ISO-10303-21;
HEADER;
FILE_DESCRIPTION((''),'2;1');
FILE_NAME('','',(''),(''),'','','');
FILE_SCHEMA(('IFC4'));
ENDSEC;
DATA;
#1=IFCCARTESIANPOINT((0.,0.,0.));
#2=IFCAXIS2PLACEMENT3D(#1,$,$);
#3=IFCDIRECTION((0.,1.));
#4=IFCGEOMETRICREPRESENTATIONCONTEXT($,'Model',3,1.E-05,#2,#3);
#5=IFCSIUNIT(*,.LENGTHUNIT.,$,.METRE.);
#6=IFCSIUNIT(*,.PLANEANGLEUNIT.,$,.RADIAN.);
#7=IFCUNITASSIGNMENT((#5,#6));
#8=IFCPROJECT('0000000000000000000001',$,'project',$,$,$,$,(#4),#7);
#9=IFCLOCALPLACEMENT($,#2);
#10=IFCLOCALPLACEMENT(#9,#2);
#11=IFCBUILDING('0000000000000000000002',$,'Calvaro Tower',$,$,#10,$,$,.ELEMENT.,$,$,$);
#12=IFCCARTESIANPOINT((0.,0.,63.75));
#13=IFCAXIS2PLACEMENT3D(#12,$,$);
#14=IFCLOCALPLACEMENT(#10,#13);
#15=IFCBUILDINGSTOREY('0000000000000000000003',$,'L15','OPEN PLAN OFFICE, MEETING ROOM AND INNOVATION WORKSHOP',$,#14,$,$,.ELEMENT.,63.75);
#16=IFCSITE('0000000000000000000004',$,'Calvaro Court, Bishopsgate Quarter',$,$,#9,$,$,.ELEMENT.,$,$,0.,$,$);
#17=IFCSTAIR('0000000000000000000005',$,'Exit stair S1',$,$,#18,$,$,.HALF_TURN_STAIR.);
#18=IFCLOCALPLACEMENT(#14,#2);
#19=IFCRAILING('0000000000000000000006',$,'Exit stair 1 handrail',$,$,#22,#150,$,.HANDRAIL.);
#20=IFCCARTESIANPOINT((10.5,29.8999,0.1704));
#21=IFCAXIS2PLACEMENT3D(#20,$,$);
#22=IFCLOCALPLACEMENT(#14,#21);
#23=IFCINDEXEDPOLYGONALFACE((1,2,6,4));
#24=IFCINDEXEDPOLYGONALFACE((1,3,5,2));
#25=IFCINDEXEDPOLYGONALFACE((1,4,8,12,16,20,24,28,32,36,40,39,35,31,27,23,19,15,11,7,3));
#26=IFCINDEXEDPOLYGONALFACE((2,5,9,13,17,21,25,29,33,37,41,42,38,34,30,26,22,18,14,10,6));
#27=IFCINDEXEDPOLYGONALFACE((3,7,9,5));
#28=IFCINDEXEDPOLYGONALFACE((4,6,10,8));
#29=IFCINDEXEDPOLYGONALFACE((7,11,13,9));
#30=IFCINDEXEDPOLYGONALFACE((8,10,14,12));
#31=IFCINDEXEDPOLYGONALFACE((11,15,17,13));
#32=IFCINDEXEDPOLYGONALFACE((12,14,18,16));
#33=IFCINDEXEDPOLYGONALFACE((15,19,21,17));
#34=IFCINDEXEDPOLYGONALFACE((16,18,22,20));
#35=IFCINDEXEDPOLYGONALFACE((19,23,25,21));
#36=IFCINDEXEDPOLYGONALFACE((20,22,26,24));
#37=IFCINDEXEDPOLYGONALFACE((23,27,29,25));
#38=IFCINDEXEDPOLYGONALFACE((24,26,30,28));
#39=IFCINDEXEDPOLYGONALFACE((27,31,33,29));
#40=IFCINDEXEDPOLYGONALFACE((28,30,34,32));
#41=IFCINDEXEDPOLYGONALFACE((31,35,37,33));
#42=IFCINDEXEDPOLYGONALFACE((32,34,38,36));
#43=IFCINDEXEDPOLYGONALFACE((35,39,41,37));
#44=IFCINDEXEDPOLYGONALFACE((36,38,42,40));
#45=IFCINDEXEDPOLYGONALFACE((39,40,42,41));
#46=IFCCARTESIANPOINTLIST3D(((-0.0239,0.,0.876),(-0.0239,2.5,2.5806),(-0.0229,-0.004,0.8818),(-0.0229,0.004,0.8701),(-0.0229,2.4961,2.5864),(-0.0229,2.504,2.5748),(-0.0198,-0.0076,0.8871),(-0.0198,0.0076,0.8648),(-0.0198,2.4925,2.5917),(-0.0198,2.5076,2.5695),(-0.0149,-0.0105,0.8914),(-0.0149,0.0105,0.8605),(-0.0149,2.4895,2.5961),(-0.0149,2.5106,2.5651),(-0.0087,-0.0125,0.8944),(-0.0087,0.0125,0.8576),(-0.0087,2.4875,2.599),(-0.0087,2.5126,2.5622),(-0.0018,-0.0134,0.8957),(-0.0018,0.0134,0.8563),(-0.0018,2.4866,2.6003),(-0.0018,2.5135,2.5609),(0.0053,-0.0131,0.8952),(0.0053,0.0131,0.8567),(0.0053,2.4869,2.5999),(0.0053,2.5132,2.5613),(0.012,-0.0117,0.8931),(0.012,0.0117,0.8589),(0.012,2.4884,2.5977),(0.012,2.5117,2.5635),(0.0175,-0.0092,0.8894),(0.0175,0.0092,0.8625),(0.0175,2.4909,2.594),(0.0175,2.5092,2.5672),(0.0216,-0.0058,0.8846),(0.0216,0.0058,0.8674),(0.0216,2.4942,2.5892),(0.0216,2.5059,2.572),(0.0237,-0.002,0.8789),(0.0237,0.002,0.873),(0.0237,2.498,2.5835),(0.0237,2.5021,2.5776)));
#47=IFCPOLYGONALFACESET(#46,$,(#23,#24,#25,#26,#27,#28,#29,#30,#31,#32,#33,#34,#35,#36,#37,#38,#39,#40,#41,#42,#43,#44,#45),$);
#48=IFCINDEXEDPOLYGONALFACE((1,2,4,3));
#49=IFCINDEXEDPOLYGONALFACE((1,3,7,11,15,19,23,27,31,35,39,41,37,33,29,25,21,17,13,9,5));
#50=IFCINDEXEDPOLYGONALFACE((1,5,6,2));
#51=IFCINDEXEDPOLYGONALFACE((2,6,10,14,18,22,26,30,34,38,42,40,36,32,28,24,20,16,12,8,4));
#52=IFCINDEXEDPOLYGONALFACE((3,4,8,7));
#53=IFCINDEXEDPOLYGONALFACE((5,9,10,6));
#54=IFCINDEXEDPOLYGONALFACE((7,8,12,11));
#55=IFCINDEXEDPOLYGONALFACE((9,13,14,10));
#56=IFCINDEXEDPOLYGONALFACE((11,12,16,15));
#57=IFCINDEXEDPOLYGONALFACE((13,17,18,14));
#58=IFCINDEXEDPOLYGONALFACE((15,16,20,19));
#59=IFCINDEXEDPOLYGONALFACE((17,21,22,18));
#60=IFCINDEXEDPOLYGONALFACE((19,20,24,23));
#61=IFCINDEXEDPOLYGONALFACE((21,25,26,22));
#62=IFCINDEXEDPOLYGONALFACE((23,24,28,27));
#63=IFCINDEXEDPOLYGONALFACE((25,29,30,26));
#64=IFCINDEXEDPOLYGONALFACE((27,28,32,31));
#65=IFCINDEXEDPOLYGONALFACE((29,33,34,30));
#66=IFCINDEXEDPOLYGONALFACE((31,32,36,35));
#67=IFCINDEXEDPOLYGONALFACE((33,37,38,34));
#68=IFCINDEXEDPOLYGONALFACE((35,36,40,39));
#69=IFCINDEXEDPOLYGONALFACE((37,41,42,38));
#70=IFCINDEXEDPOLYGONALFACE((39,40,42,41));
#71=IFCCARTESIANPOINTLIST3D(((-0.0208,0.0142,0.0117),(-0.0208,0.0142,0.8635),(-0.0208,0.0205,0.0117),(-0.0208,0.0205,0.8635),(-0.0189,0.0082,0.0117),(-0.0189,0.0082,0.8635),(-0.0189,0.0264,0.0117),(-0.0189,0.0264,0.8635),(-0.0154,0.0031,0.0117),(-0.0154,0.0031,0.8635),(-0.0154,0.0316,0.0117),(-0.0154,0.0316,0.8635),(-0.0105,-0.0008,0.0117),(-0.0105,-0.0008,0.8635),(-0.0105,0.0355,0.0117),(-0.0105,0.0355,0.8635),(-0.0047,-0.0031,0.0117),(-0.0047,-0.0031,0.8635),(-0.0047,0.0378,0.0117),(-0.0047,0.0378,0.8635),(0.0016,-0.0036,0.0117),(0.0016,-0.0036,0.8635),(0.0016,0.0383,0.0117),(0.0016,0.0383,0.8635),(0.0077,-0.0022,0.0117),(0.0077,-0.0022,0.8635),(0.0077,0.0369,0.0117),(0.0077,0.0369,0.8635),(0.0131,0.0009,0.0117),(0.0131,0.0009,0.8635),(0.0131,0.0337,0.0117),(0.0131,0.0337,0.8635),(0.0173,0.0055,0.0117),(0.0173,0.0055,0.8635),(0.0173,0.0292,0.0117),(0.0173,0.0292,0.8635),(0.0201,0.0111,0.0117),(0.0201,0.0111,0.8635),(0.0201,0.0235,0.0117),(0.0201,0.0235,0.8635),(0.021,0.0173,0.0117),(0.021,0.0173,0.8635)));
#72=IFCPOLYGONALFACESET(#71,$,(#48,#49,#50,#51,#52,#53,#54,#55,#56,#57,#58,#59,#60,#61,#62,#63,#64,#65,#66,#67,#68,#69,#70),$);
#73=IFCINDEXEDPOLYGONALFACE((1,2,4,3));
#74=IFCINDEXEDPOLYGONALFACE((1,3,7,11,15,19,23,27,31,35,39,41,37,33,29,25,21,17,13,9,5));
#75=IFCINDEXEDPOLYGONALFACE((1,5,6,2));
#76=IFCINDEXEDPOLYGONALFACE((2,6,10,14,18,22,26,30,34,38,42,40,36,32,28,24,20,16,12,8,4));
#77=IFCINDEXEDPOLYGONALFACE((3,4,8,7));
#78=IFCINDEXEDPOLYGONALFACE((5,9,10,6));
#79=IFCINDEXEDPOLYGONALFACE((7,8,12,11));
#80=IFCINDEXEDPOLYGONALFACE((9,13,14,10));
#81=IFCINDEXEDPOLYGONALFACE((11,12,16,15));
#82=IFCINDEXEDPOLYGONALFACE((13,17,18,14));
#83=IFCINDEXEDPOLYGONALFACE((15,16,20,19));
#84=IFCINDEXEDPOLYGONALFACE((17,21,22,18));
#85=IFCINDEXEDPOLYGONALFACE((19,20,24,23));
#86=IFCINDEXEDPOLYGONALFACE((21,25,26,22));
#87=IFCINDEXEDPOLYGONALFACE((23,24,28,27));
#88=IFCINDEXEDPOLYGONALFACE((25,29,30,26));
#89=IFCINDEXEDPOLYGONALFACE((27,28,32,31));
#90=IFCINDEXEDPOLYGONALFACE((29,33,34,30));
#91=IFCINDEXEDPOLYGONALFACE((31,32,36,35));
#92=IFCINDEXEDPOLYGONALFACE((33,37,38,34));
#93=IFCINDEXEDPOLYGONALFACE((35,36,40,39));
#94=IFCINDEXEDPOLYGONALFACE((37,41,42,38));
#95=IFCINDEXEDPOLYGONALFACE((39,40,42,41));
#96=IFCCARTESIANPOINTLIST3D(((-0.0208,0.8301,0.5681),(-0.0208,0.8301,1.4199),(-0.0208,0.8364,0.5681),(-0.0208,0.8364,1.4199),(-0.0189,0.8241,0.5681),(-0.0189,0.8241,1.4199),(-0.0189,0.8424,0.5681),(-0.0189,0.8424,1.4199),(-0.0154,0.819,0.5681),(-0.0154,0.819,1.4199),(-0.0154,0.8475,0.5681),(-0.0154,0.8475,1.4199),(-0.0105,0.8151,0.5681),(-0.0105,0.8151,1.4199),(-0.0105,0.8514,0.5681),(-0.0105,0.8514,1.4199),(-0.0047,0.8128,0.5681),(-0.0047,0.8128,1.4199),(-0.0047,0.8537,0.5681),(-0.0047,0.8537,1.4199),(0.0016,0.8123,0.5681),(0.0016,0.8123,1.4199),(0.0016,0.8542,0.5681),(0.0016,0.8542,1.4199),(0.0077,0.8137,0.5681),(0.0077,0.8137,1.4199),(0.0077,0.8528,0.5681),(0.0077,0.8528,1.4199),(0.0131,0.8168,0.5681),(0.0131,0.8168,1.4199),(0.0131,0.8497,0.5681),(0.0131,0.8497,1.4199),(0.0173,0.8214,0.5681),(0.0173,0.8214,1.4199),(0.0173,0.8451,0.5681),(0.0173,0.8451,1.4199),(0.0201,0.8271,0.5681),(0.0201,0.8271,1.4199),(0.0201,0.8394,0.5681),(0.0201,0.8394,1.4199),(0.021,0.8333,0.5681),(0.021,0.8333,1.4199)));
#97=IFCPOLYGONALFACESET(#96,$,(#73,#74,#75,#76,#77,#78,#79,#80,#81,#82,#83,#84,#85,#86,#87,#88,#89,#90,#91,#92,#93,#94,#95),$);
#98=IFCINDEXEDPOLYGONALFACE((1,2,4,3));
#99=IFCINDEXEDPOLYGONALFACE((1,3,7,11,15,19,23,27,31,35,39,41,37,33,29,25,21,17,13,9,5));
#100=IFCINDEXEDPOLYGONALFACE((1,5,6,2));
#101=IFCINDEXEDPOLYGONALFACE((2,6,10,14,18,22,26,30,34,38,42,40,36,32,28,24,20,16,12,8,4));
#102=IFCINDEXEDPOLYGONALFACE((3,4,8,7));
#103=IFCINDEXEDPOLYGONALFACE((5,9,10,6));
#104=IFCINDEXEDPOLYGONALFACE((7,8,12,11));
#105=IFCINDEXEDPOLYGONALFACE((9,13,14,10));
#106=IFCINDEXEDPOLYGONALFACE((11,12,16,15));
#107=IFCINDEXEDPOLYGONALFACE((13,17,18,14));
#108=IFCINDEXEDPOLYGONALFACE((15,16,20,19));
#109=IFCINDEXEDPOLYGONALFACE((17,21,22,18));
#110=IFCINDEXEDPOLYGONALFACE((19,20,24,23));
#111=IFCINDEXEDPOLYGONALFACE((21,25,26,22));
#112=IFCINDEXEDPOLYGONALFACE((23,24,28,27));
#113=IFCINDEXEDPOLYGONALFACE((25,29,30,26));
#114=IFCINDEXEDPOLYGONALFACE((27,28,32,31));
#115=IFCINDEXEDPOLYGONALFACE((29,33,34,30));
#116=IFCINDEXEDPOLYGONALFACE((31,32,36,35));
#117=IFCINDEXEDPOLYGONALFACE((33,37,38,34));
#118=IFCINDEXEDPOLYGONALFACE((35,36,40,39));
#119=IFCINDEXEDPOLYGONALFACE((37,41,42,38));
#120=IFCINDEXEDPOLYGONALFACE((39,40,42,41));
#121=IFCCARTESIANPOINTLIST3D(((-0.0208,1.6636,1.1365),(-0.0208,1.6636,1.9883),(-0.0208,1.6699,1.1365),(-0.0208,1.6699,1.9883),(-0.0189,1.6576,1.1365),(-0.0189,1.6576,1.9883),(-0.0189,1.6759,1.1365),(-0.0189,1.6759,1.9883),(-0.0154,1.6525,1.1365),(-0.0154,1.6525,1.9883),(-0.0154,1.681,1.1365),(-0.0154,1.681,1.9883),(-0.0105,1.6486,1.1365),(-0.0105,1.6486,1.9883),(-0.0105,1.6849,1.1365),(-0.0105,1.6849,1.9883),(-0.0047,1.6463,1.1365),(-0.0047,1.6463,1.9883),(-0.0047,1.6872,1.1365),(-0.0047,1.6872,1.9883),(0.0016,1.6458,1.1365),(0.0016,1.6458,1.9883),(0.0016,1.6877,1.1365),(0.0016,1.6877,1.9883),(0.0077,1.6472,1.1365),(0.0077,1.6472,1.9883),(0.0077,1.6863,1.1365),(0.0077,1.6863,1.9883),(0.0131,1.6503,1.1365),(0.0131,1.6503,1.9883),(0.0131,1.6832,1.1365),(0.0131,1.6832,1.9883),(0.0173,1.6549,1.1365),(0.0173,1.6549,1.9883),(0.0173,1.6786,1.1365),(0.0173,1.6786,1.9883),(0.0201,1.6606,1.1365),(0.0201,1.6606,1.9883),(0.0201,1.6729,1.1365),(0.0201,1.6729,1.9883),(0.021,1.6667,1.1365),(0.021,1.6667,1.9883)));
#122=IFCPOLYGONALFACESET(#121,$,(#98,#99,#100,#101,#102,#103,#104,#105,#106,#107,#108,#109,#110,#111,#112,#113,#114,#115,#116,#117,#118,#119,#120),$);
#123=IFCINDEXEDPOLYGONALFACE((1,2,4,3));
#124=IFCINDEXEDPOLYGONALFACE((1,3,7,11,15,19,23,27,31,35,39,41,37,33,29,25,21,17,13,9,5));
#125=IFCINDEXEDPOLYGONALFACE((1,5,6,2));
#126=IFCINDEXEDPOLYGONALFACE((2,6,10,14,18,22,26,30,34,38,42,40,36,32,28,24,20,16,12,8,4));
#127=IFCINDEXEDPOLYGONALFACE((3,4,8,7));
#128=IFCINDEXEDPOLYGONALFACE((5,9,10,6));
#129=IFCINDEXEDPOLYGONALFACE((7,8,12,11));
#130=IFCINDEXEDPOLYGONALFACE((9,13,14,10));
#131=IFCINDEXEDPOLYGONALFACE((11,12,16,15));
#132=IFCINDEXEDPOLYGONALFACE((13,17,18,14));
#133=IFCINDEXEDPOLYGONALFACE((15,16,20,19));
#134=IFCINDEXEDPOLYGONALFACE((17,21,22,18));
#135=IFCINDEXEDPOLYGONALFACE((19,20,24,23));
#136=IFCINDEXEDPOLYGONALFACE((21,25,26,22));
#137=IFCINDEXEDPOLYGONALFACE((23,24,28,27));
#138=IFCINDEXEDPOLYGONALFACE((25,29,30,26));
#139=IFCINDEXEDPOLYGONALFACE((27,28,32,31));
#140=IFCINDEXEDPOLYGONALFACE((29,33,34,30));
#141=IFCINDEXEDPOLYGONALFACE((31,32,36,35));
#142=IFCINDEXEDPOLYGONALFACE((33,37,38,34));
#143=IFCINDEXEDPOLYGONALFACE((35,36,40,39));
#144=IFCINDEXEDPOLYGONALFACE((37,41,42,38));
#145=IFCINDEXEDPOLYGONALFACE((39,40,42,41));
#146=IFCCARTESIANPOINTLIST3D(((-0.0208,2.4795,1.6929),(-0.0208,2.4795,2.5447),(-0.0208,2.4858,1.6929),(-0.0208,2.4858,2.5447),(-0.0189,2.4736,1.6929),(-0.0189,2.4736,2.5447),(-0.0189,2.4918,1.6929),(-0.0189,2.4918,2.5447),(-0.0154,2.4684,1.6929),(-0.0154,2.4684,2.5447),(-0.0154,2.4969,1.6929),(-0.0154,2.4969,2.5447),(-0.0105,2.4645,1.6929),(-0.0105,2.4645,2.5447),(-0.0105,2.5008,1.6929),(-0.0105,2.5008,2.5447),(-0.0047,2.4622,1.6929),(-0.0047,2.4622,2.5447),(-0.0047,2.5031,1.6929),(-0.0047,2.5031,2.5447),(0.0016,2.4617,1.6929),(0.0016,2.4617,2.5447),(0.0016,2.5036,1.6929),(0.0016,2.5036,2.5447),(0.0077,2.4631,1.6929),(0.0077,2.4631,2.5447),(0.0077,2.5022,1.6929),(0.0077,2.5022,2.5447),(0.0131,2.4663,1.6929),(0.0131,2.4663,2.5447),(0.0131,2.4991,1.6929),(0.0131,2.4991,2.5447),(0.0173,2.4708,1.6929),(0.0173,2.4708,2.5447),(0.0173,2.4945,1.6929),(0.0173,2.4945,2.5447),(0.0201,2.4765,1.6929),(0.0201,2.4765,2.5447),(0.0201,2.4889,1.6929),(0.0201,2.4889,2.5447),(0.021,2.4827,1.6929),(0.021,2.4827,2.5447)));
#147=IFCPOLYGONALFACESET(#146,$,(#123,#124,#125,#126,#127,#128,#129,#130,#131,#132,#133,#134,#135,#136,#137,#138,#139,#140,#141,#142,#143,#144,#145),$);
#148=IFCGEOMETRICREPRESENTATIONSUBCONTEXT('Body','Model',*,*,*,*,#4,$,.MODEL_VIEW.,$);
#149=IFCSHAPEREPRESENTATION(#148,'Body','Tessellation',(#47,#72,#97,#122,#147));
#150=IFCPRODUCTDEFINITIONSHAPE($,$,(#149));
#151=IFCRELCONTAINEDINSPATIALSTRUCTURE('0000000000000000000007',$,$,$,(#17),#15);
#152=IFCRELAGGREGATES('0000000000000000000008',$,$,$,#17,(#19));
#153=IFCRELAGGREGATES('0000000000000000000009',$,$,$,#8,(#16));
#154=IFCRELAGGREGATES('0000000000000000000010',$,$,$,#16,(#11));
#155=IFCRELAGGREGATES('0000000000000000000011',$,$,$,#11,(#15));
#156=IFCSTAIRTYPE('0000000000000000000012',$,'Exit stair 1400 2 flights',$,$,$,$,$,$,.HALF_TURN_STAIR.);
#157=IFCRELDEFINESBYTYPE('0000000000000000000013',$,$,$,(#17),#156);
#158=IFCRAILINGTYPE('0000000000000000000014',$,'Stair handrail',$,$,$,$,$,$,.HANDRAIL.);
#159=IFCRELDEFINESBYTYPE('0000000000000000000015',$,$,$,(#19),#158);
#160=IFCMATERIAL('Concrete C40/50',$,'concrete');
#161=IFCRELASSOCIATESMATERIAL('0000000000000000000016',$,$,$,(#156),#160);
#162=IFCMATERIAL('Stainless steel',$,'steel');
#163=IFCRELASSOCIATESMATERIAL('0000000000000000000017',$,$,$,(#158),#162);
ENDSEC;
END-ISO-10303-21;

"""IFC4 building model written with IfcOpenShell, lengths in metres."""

from ifc_helpers import new_model, si_unit, direction, frame, origin, origin_2d, place, context, subcontext, project, spatial, circle, extrude, material, type_object, element, aggregate, save


model = new_model("IFC4")

# Units and contexts
model_context = context("Model", 3, precision=1e-05, world=origin(), true_north=direction((0.0, 1.0)))
body_context = subcontext(model_context, "Body", "Model", "MODEL_VIEW")
ifc_project = project(units=[si_unit("LENGTHUNIT", "METRE"), si_unit("PLANEANGLEUNIT", "RADIAN")], contexts=[model_context])

# Site, building, storey
site_placement = place(None, origin())
site = spatial("IfcSite", under=ifc_project, at=site_placement, Name="Calvaro Court, Bishopsgate Quarter", CompositionType="ELEMENT", RefElevation=0.0)
building_placement = place(site_placement, origin())
building = spatial("IfcBuilding", under=site, at=building_placement, Name="Calvaro Tower", CompositionType="ELEMENT")
storey_placement = place(building_placement, frame((0.0, 0.0, 63.75)))
storey = spatial("IfcBuildingStorey", under=building, at=storey_placement, Name="L15", Description="OPEN PLAN OFFICE, MEETING ROOM AND INNOVATION WORKSHOP", CompositionType="ELEMENT", Elevation=63.75)

# Stair, railing
ifc_material_1 = material(Name="Concrete C40/50", Category="concrete")
stair_type = type_object("IfcStairType", Name="Exit stair 1400 2 flights", PredefinedType="HALF_TURN_STAIR", material=ifc_material_1)
stair_placement = place(storey_placement, origin())
stair = element("IfcStair", 1, at=stair_placement, inside=storey, type_object=stair_type, Name="Exit stair S1", PredefinedType="HALF_TURN_STAIR")
ifc_material_2 = material(Name="Stainless steel", Category="steel")
railing_type = type_object("IfcRailingType", Name="Stair handrail", PredefinedType="HANDRAIL", material=ifc_material_2)
railing_1_placement = place(storey_placement, frame((10.5, 29.8999, 0.1704)))
railing_1 = element("IfcRailing", 2, at=railing_1_placement, type_object=railing_type, Name="Exit stair 1 handrail", PredefinedType="HANDRAIL", context=body_context, shape_type="SweptSolid", body=[
    extrude(circle(Radius=0.0239, at=origin_2d()), frame((0.0, 0.0, 0.876), z_axis=(0.0, 0.826221, 0.563347), x_axis=(-1.0, 0.0, 0.0)), (0.0, 0.0, 1.0), 3.0259),
    extrude(circle(Radius=0.021, at=origin_2d()), frame((0.0, 0.0173, 0.0117)), (0.0, 0.0, 1.0), 0.8518),
    extrude(circle(Radius=0.021, at=origin_2d()), frame((0.0, 0.8333, 0.5681)), (0.0, 0.0, 1.0), 0.8518),
    extrude(circle(Radius=0.021, at=origin_2d()), frame((0.0, 1.6667, 1.1365)), (0.0, 0.0, 1.0), 0.8518),
    extrude(circle(Radius=0.021, at=origin_2d()), frame((0.0, 2.4827, 1.6929)), (0.0, 0.0, 1.0), 0.8518),
])
aggregate(stair, [railing_1])

save(model, "model.ifc")
